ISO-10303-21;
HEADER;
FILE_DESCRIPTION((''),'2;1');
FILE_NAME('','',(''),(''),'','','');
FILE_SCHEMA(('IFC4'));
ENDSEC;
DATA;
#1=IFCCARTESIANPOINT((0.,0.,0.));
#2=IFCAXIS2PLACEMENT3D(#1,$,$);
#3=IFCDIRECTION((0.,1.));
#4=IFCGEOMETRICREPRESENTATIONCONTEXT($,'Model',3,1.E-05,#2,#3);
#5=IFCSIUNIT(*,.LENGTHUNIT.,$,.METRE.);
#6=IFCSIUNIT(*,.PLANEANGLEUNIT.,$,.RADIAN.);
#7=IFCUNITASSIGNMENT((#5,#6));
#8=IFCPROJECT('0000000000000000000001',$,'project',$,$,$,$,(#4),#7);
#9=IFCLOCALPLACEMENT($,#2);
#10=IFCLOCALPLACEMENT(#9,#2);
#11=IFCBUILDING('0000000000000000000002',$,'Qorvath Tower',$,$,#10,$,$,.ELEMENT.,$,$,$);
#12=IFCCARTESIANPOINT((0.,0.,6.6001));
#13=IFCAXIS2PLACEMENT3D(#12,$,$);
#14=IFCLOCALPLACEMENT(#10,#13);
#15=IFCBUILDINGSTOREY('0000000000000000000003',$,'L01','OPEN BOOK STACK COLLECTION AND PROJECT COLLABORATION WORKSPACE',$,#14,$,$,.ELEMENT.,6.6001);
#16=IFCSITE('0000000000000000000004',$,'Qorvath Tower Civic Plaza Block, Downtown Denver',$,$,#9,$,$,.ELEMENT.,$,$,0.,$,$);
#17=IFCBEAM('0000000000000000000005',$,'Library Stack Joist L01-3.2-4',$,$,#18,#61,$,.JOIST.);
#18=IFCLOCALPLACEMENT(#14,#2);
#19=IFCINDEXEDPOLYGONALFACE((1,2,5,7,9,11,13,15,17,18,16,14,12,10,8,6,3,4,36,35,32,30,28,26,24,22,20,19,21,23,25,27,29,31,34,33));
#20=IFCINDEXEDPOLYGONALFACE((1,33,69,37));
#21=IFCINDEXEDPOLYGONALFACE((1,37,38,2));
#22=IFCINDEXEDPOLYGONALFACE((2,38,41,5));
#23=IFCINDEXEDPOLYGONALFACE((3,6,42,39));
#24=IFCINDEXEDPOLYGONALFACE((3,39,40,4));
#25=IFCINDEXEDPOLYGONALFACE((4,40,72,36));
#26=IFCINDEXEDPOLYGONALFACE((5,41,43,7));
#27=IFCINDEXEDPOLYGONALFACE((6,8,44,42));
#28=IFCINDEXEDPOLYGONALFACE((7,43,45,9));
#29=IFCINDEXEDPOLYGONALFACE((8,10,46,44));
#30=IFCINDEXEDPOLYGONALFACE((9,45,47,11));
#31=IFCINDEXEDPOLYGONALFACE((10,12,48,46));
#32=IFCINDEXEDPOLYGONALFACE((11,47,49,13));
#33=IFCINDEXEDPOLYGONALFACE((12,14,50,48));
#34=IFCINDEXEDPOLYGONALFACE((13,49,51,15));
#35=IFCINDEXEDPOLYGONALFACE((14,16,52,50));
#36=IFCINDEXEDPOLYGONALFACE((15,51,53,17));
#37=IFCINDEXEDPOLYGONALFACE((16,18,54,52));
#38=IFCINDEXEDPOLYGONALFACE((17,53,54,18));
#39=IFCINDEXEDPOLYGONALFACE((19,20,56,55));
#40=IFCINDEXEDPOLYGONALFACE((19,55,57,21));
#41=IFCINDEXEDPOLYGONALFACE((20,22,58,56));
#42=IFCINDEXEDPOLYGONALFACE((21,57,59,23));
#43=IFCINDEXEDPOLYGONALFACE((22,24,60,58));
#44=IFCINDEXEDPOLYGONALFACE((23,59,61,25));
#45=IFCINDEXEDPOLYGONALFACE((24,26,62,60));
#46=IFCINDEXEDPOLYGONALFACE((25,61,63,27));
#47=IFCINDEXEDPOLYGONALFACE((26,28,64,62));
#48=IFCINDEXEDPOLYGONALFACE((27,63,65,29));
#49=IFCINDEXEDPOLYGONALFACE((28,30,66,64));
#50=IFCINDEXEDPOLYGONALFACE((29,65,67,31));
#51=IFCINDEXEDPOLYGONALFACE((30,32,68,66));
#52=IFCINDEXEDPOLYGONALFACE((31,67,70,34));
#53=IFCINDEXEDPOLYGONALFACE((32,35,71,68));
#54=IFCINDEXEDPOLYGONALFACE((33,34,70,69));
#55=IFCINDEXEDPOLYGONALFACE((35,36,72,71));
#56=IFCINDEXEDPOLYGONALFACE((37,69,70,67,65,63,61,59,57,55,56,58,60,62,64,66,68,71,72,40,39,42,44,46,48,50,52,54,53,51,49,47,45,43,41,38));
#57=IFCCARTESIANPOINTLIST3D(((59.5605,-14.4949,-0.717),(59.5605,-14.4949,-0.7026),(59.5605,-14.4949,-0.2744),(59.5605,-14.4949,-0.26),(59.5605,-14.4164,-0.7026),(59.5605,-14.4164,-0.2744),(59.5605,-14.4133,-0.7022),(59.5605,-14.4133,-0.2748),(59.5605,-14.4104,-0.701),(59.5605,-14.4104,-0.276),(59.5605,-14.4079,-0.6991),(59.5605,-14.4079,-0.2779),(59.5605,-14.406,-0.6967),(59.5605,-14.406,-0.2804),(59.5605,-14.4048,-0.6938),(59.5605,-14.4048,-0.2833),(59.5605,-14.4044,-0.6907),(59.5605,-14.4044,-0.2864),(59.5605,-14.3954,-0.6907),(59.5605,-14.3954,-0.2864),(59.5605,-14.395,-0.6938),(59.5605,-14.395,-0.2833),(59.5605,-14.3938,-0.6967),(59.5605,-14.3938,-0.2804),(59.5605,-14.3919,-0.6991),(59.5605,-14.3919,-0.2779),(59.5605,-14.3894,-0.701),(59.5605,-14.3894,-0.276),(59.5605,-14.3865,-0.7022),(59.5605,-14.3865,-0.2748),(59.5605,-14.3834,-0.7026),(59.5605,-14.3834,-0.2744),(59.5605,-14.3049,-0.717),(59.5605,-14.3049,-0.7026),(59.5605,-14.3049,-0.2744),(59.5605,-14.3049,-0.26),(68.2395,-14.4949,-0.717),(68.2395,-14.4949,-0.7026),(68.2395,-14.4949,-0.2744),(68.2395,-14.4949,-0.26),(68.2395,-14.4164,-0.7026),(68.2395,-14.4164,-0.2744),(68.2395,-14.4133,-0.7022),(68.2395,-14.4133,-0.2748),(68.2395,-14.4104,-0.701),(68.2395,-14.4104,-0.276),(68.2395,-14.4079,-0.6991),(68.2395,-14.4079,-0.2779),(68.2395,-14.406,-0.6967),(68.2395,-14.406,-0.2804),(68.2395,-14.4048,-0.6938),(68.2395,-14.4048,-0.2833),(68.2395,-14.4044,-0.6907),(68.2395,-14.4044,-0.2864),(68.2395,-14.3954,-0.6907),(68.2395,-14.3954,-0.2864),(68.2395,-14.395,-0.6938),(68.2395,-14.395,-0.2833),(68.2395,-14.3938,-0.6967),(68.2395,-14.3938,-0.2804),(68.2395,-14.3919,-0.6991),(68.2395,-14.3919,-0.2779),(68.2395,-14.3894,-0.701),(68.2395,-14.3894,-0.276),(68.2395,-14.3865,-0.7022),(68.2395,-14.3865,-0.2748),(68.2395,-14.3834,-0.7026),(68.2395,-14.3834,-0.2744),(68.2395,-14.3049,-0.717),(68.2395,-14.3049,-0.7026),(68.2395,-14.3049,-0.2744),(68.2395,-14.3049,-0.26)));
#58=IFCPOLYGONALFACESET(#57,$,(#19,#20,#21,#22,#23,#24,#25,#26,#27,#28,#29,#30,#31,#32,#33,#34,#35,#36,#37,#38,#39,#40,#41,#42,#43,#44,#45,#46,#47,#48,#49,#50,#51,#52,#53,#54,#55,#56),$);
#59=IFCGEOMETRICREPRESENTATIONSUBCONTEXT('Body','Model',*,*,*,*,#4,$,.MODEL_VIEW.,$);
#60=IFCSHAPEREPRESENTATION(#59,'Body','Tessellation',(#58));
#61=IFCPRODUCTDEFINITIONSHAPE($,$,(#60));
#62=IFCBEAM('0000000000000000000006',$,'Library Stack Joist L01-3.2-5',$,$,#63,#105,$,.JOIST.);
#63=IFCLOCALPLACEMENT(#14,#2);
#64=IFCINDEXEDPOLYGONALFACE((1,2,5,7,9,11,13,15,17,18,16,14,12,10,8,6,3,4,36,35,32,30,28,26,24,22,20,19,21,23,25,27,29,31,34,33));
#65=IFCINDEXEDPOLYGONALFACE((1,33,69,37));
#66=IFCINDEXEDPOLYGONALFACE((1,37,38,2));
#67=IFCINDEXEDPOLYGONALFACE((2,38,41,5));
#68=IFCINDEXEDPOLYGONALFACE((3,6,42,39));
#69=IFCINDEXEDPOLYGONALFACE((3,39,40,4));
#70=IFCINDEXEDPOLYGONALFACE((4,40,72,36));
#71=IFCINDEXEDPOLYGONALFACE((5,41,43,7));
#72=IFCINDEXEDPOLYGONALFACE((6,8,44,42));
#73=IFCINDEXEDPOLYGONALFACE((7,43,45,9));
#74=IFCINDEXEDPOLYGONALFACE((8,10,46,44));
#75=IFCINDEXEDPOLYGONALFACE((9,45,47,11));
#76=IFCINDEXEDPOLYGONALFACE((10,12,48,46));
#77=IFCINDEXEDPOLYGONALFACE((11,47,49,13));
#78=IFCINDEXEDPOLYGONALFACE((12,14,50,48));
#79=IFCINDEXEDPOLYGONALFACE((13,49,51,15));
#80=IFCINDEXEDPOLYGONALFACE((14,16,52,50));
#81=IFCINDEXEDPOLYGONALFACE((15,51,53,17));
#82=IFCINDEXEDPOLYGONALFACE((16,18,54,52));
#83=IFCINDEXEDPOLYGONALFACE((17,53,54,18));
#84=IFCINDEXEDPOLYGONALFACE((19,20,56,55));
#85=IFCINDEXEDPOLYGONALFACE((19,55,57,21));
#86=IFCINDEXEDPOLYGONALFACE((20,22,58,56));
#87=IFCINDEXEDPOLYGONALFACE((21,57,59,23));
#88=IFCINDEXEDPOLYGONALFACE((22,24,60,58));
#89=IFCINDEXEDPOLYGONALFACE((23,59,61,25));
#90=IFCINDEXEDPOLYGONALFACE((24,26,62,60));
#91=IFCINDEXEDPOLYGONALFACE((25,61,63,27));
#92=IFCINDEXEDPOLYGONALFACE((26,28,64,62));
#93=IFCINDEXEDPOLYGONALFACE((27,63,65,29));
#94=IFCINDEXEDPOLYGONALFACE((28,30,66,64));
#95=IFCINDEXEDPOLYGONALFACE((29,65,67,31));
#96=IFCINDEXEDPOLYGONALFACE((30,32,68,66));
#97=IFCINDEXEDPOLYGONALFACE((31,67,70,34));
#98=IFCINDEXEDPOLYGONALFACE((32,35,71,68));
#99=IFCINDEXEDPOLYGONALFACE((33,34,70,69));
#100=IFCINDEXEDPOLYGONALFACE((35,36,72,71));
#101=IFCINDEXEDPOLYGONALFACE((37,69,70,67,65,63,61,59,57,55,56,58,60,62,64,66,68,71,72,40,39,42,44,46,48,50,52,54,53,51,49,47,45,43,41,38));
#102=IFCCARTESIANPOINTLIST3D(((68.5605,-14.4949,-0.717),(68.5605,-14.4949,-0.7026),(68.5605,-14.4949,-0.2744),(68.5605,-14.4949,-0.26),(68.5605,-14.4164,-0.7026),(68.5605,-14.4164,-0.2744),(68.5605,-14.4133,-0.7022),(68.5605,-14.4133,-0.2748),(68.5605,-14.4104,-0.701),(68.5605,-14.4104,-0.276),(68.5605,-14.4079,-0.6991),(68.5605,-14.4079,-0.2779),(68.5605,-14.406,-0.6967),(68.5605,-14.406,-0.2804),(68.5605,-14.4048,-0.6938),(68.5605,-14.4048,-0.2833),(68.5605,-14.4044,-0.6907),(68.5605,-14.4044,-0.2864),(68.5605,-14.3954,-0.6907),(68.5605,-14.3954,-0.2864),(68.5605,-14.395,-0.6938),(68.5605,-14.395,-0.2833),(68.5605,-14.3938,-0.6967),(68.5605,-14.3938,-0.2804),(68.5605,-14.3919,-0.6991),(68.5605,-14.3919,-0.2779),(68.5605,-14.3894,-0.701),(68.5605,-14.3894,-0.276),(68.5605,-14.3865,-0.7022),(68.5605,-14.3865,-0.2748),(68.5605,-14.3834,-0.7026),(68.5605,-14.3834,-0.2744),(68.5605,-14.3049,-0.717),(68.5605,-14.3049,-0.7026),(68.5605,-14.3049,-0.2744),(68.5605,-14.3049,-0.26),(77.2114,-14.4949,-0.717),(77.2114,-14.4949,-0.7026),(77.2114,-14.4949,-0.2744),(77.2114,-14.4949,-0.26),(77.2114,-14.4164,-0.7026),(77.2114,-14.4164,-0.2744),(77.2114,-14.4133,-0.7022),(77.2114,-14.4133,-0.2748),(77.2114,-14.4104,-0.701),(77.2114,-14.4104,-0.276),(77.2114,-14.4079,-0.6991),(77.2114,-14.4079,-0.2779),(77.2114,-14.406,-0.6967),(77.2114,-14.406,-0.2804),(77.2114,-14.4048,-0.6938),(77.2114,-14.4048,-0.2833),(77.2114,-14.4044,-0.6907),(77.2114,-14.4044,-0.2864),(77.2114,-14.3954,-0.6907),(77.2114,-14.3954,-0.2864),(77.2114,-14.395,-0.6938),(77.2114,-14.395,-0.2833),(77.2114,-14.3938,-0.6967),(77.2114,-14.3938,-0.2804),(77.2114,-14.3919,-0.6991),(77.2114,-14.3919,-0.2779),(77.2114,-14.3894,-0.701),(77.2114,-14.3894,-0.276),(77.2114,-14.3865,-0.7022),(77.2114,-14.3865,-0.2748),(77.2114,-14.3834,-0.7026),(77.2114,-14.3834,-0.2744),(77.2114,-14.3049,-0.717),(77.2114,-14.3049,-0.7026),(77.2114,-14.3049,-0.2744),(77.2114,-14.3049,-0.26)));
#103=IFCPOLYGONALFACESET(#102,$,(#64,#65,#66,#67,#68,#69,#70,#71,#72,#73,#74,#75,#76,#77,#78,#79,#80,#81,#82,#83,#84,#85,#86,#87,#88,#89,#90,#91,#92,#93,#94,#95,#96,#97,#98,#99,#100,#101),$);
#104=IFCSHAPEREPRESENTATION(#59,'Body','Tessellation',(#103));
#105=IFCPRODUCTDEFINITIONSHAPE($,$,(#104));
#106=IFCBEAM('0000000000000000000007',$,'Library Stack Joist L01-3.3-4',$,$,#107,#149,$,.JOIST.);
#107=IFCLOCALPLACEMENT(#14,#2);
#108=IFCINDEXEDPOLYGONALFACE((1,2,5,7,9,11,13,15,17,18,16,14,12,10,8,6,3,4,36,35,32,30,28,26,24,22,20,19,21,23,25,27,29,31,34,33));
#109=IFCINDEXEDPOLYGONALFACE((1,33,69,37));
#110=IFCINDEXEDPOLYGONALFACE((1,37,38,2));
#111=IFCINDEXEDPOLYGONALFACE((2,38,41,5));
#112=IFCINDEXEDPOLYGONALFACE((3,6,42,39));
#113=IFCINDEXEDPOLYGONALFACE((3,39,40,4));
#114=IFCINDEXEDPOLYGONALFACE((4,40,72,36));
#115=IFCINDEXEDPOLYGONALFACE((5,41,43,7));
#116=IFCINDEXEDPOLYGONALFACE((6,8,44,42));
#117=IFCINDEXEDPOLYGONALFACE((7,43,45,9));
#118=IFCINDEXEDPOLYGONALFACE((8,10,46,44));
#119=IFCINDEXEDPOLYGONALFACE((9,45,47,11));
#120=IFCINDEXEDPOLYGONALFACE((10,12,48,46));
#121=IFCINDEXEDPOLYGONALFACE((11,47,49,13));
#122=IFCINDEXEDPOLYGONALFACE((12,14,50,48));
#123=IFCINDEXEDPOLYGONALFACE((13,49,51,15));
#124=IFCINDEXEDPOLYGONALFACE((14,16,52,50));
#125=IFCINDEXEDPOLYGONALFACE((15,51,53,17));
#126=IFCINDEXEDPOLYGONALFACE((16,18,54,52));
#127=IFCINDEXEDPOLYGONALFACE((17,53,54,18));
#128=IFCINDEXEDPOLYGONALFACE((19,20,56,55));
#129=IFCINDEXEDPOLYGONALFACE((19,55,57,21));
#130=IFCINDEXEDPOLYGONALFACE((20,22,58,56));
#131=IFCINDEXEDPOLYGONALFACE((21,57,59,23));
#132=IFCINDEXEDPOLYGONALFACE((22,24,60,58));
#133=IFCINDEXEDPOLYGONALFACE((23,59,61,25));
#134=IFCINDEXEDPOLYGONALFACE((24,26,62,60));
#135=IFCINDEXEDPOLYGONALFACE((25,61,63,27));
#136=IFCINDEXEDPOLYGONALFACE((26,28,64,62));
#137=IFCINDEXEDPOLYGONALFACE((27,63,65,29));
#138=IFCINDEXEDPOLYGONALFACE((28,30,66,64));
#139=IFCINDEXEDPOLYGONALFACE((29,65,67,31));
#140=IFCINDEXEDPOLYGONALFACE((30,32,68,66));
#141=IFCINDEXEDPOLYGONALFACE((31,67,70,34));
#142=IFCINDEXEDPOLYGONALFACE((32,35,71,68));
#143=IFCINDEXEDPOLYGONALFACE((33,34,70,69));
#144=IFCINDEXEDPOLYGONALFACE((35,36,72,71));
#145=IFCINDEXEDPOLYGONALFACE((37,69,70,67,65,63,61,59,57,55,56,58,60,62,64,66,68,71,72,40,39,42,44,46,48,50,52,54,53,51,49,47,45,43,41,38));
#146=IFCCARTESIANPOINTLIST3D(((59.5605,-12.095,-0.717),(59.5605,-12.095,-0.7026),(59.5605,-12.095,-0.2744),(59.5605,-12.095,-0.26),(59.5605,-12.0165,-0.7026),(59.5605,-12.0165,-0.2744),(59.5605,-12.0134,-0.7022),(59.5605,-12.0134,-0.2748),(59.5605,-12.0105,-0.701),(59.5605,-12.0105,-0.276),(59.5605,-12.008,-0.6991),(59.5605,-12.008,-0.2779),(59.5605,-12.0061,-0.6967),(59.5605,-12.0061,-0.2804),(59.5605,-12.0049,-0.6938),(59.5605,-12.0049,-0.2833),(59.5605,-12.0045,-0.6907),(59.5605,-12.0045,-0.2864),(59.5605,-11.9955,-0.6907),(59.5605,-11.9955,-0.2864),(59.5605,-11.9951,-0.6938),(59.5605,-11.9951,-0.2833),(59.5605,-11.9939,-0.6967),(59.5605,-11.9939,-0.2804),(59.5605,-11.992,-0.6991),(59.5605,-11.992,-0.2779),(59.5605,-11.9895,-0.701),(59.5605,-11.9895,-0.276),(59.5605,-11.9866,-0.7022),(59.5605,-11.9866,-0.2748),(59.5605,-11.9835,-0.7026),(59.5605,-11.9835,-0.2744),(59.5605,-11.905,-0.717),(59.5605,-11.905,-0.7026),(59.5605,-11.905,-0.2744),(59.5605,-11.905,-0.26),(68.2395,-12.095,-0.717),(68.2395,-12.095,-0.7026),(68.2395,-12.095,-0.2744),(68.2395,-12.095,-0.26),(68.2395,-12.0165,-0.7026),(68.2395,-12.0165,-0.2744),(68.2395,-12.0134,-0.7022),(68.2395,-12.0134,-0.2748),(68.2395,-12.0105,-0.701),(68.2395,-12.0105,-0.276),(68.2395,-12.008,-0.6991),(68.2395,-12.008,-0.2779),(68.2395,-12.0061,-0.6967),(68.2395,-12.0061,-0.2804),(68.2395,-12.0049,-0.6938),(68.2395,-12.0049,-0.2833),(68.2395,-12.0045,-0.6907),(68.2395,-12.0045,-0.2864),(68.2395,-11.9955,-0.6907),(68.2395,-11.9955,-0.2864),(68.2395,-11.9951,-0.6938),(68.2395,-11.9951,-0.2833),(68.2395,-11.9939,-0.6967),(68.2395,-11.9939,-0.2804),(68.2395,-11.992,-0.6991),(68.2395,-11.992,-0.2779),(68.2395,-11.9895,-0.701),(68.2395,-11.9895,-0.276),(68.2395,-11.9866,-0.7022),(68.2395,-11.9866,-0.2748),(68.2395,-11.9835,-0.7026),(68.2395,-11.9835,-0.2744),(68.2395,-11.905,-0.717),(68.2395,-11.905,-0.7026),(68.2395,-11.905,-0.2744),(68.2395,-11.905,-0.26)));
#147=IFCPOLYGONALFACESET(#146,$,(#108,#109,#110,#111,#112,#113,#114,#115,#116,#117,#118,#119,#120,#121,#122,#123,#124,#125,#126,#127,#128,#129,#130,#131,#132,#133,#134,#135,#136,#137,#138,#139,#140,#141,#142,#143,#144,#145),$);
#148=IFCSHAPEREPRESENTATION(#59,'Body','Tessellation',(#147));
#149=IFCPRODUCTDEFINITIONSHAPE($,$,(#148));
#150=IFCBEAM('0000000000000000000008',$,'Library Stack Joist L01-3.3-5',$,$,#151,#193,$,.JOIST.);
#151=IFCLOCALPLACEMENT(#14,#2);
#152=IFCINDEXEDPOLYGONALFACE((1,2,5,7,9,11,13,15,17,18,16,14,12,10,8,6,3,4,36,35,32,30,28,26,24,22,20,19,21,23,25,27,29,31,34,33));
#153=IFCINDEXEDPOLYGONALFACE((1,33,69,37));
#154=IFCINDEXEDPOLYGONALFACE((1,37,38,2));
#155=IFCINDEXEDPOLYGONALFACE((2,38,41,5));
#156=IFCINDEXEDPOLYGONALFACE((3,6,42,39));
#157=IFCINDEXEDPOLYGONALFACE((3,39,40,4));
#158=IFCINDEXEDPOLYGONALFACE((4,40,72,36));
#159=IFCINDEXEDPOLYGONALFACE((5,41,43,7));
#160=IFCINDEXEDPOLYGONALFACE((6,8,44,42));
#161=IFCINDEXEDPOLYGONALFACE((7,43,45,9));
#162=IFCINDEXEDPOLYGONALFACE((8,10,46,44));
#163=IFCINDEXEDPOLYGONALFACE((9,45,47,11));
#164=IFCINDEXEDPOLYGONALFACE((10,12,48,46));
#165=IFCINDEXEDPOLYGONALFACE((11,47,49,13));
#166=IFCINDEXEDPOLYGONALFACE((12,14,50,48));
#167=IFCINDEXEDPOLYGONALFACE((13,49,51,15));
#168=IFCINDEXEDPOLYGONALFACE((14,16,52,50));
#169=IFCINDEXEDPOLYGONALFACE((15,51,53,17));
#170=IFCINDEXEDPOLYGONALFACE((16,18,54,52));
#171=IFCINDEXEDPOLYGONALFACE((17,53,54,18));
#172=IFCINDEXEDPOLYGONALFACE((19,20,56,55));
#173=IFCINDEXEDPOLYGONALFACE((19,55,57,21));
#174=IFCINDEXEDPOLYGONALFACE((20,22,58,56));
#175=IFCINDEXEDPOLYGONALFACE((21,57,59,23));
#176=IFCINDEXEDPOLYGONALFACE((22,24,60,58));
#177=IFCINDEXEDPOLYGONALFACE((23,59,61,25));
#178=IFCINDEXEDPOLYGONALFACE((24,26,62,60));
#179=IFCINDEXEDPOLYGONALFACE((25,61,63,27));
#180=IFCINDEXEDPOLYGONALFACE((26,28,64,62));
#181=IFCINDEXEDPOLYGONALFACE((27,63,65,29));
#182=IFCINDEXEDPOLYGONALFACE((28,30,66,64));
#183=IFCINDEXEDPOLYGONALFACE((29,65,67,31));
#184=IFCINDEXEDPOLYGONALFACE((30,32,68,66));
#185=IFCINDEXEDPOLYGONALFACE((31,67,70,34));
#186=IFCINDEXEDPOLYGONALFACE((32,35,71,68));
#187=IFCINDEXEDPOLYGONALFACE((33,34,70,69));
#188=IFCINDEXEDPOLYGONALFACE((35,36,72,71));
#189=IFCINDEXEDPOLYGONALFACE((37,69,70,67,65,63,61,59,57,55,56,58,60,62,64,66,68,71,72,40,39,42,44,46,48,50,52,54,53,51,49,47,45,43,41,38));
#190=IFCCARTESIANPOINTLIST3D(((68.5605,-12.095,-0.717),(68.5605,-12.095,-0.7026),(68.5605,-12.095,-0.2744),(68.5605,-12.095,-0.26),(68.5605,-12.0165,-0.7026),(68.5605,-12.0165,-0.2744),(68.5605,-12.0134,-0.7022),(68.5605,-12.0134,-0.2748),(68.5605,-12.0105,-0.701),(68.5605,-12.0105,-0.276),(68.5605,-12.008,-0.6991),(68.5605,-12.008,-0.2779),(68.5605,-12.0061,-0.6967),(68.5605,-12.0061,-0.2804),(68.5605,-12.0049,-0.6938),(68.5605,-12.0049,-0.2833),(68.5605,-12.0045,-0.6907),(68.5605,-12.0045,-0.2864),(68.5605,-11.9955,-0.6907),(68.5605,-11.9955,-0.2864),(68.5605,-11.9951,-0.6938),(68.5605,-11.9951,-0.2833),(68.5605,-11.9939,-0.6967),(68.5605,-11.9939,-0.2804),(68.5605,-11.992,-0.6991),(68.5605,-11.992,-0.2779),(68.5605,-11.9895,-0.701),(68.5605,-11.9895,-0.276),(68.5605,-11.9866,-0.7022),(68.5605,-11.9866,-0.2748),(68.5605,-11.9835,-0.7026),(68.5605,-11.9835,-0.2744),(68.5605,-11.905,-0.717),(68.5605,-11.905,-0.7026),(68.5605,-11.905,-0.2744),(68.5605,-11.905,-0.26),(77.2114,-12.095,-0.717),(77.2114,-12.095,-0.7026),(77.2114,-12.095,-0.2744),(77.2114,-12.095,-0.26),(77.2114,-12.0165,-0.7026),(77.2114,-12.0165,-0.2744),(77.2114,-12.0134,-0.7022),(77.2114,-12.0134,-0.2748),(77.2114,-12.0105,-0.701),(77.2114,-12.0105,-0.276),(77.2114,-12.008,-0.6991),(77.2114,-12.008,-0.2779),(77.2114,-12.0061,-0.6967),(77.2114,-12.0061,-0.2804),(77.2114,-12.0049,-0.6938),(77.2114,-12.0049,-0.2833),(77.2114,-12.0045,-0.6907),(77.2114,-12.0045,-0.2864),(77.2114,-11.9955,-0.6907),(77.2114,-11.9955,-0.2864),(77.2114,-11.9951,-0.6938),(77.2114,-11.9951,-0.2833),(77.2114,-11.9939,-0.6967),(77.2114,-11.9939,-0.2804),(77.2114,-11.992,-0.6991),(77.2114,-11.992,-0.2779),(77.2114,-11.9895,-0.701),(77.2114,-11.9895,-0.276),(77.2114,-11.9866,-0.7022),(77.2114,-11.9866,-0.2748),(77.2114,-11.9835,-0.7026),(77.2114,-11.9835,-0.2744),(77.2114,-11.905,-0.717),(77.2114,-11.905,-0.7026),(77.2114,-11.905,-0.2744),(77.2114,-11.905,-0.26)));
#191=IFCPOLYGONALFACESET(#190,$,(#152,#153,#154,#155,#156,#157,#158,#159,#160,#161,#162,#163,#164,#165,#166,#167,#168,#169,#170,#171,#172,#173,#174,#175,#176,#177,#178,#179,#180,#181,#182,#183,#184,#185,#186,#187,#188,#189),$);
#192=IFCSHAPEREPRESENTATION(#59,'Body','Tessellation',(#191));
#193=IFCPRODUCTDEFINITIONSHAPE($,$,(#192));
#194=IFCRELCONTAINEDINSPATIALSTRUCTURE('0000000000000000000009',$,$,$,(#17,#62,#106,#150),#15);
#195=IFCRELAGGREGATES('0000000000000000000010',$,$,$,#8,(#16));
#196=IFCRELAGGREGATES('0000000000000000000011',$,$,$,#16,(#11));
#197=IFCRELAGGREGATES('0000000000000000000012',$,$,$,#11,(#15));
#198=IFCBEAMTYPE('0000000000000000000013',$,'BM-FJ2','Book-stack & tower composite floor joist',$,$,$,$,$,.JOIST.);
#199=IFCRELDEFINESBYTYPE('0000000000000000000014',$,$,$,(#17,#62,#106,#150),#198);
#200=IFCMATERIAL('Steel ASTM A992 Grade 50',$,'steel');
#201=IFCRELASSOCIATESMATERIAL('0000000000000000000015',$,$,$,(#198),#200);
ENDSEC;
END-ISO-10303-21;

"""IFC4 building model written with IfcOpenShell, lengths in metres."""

from ifc_helpers import new_model, si_unit, direction, frame, origin, origin_2d, place, context, subcontext, project, spatial, i_section, extrude, material, material_profile, profile_set, type_object, element, save


model = new_model("IFC4")

# Units and contexts
model_context = context("Model", 3, precision=1e-05, world=origin(), true_north=direction((0.0, 1.0)))
body_context = subcontext(model_context, "Body", "Model", "MODEL_VIEW")
ifc_project = project(units=[si_unit("LENGTHUNIT", "METRE"), si_unit("PLANEANGLEUNIT", "RADIAN")], contexts=[model_context])

# Site, building, storey
site_placement = place(None, origin())
site = spatial("IfcSite", under=ifc_project, at=site_placement, Name="Qorvath Tower Civic Plaza Block, Downtown Denver", CompositionType="ELEMENT", RefElevation=0.0)
building_placement = place(site_placement, origin())
building = spatial("IfcBuilding", under=site, at=building_placement, Name="Qorvath Tower", CompositionType="ELEMENT")
storey_placement = place(building_placement, frame((0.0, 0.0, 6.6001)))
storey = spatial("IfcBuildingStorey", under=building, at=storey_placement, Name="L01", Description="OPEN BOOK STACK COLLECTION AND PROJECT COLLABORATION WORKSPACE", CompositionType="ELEMENT", Elevation=6.6001)

# Beams
ifc_material_1 = material(Name="Steel ASTM A992 Grade 50", Category="steel")
ifc_material_profile_1 = material_profile(ifc_material_1, i_section(OverallWidth=0.1899, OverallDepth=0.457, WebThickness=0.009, FlangeThickness=0.0144, FilletRadius=0.012, at=origin_2d()), Name="W18x50")
ifc_profile_set_1 = profile_set([ifc_material_profile_1], Name="Steel ASTM A992 Grade 50")
beam_type_1 = type_object("IfcBeamType", Name="BM-FJ2", Description="Book-stack & tower composite floor joist", PredefinedType="JOIST", material=ifc_profile_set_1)
beam_1_placement = place(storey_placement, frame((59.5605, -14.3999, -0.4885), z_axis=(1.0, 0.0, 0.0), x_axis=(0.0, 1.0, 0.0)))
element("IfcBeam", 1, at=beam_1_placement, inside=storey, type_object=beam_type_1, Name="Library Stack Joist L01-3.2-4", PredefinedType="JOIST", context=body_context, shape_type="SweptSolid", body=[
    extrude(i_section(OverallWidth=0.1899, OverallDepth=0.457, WebThickness=0.009, FlangeThickness=0.0144, FilletRadius=0.012, at=origin_2d()), origin(), (0.0, 0.0, 1.0), 8.679),
])
beam_2_placement = place(storey_placement, frame((68.5605, -14.3999, -0.4885), z_axis=(1.0, 0.0, 0.0), x_axis=(0.0, 1.0, 0.0)))
element("IfcBeam", 2, at=beam_2_placement, inside=storey, type_object=beam_type_1, Name="Library Stack Joist L01-3.2-5", PredefinedType="JOIST", context=body_context, shape_type="SweptSolid", body=[
    extrude(i_section(OverallWidth=0.1899, OverallDepth=0.457, WebThickness=0.009, FlangeThickness=0.0144, FilletRadius=0.012, at=origin_2d()), origin(), (0.0, 0.0, 1.0), 8.6509),
])
beam_3_placement = place(storey_placement, frame((59.5605, -12.0, -0.4885), z_axis=(1.0, 0.0, 0.0), x_axis=(0.0, 1.0, 0.0)))
element("IfcBeam", 3, at=beam_3_placement, inside=storey, type_object=beam_type_1, Name="Library Stack Joist L01-3.3-4", PredefinedType="JOIST", context=body_context, shape_type="SweptSolid", body=[
    extrude(i_section(OverallWidth=0.1899, OverallDepth=0.457, WebThickness=0.009, FlangeThickness=0.0144, FilletRadius=0.012, at=origin_2d()), origin(), (0.0, 0.0, 1.0), 8.679),
])
beam_4_placement = place(storey_placement, frame((68.5605, -12.0, -0.4885), z_axis=(1.0, 0.0, 0.0), x_axis=(0.0, 1.0, 0.0)))
element("IfcBeam", 4, at=beam_4_placement, inside=storey, type_object=beam_type_1, Name="Library Stack Joist L01-3.3-5", PredefinedType="JOIST", context=body_context, shape_type="SweptSolid", body=[
    extrude(i_section(OverallWidth=0.1899, OverallDepth=0.457, WebThickness=0.009, FlangeThickness=0.0144, FilletRadius=0.012, at=origin_2d()), origin(), (0.0, 0.0, 1.0), 8.6509),
])

save(model, "model.ifc")
